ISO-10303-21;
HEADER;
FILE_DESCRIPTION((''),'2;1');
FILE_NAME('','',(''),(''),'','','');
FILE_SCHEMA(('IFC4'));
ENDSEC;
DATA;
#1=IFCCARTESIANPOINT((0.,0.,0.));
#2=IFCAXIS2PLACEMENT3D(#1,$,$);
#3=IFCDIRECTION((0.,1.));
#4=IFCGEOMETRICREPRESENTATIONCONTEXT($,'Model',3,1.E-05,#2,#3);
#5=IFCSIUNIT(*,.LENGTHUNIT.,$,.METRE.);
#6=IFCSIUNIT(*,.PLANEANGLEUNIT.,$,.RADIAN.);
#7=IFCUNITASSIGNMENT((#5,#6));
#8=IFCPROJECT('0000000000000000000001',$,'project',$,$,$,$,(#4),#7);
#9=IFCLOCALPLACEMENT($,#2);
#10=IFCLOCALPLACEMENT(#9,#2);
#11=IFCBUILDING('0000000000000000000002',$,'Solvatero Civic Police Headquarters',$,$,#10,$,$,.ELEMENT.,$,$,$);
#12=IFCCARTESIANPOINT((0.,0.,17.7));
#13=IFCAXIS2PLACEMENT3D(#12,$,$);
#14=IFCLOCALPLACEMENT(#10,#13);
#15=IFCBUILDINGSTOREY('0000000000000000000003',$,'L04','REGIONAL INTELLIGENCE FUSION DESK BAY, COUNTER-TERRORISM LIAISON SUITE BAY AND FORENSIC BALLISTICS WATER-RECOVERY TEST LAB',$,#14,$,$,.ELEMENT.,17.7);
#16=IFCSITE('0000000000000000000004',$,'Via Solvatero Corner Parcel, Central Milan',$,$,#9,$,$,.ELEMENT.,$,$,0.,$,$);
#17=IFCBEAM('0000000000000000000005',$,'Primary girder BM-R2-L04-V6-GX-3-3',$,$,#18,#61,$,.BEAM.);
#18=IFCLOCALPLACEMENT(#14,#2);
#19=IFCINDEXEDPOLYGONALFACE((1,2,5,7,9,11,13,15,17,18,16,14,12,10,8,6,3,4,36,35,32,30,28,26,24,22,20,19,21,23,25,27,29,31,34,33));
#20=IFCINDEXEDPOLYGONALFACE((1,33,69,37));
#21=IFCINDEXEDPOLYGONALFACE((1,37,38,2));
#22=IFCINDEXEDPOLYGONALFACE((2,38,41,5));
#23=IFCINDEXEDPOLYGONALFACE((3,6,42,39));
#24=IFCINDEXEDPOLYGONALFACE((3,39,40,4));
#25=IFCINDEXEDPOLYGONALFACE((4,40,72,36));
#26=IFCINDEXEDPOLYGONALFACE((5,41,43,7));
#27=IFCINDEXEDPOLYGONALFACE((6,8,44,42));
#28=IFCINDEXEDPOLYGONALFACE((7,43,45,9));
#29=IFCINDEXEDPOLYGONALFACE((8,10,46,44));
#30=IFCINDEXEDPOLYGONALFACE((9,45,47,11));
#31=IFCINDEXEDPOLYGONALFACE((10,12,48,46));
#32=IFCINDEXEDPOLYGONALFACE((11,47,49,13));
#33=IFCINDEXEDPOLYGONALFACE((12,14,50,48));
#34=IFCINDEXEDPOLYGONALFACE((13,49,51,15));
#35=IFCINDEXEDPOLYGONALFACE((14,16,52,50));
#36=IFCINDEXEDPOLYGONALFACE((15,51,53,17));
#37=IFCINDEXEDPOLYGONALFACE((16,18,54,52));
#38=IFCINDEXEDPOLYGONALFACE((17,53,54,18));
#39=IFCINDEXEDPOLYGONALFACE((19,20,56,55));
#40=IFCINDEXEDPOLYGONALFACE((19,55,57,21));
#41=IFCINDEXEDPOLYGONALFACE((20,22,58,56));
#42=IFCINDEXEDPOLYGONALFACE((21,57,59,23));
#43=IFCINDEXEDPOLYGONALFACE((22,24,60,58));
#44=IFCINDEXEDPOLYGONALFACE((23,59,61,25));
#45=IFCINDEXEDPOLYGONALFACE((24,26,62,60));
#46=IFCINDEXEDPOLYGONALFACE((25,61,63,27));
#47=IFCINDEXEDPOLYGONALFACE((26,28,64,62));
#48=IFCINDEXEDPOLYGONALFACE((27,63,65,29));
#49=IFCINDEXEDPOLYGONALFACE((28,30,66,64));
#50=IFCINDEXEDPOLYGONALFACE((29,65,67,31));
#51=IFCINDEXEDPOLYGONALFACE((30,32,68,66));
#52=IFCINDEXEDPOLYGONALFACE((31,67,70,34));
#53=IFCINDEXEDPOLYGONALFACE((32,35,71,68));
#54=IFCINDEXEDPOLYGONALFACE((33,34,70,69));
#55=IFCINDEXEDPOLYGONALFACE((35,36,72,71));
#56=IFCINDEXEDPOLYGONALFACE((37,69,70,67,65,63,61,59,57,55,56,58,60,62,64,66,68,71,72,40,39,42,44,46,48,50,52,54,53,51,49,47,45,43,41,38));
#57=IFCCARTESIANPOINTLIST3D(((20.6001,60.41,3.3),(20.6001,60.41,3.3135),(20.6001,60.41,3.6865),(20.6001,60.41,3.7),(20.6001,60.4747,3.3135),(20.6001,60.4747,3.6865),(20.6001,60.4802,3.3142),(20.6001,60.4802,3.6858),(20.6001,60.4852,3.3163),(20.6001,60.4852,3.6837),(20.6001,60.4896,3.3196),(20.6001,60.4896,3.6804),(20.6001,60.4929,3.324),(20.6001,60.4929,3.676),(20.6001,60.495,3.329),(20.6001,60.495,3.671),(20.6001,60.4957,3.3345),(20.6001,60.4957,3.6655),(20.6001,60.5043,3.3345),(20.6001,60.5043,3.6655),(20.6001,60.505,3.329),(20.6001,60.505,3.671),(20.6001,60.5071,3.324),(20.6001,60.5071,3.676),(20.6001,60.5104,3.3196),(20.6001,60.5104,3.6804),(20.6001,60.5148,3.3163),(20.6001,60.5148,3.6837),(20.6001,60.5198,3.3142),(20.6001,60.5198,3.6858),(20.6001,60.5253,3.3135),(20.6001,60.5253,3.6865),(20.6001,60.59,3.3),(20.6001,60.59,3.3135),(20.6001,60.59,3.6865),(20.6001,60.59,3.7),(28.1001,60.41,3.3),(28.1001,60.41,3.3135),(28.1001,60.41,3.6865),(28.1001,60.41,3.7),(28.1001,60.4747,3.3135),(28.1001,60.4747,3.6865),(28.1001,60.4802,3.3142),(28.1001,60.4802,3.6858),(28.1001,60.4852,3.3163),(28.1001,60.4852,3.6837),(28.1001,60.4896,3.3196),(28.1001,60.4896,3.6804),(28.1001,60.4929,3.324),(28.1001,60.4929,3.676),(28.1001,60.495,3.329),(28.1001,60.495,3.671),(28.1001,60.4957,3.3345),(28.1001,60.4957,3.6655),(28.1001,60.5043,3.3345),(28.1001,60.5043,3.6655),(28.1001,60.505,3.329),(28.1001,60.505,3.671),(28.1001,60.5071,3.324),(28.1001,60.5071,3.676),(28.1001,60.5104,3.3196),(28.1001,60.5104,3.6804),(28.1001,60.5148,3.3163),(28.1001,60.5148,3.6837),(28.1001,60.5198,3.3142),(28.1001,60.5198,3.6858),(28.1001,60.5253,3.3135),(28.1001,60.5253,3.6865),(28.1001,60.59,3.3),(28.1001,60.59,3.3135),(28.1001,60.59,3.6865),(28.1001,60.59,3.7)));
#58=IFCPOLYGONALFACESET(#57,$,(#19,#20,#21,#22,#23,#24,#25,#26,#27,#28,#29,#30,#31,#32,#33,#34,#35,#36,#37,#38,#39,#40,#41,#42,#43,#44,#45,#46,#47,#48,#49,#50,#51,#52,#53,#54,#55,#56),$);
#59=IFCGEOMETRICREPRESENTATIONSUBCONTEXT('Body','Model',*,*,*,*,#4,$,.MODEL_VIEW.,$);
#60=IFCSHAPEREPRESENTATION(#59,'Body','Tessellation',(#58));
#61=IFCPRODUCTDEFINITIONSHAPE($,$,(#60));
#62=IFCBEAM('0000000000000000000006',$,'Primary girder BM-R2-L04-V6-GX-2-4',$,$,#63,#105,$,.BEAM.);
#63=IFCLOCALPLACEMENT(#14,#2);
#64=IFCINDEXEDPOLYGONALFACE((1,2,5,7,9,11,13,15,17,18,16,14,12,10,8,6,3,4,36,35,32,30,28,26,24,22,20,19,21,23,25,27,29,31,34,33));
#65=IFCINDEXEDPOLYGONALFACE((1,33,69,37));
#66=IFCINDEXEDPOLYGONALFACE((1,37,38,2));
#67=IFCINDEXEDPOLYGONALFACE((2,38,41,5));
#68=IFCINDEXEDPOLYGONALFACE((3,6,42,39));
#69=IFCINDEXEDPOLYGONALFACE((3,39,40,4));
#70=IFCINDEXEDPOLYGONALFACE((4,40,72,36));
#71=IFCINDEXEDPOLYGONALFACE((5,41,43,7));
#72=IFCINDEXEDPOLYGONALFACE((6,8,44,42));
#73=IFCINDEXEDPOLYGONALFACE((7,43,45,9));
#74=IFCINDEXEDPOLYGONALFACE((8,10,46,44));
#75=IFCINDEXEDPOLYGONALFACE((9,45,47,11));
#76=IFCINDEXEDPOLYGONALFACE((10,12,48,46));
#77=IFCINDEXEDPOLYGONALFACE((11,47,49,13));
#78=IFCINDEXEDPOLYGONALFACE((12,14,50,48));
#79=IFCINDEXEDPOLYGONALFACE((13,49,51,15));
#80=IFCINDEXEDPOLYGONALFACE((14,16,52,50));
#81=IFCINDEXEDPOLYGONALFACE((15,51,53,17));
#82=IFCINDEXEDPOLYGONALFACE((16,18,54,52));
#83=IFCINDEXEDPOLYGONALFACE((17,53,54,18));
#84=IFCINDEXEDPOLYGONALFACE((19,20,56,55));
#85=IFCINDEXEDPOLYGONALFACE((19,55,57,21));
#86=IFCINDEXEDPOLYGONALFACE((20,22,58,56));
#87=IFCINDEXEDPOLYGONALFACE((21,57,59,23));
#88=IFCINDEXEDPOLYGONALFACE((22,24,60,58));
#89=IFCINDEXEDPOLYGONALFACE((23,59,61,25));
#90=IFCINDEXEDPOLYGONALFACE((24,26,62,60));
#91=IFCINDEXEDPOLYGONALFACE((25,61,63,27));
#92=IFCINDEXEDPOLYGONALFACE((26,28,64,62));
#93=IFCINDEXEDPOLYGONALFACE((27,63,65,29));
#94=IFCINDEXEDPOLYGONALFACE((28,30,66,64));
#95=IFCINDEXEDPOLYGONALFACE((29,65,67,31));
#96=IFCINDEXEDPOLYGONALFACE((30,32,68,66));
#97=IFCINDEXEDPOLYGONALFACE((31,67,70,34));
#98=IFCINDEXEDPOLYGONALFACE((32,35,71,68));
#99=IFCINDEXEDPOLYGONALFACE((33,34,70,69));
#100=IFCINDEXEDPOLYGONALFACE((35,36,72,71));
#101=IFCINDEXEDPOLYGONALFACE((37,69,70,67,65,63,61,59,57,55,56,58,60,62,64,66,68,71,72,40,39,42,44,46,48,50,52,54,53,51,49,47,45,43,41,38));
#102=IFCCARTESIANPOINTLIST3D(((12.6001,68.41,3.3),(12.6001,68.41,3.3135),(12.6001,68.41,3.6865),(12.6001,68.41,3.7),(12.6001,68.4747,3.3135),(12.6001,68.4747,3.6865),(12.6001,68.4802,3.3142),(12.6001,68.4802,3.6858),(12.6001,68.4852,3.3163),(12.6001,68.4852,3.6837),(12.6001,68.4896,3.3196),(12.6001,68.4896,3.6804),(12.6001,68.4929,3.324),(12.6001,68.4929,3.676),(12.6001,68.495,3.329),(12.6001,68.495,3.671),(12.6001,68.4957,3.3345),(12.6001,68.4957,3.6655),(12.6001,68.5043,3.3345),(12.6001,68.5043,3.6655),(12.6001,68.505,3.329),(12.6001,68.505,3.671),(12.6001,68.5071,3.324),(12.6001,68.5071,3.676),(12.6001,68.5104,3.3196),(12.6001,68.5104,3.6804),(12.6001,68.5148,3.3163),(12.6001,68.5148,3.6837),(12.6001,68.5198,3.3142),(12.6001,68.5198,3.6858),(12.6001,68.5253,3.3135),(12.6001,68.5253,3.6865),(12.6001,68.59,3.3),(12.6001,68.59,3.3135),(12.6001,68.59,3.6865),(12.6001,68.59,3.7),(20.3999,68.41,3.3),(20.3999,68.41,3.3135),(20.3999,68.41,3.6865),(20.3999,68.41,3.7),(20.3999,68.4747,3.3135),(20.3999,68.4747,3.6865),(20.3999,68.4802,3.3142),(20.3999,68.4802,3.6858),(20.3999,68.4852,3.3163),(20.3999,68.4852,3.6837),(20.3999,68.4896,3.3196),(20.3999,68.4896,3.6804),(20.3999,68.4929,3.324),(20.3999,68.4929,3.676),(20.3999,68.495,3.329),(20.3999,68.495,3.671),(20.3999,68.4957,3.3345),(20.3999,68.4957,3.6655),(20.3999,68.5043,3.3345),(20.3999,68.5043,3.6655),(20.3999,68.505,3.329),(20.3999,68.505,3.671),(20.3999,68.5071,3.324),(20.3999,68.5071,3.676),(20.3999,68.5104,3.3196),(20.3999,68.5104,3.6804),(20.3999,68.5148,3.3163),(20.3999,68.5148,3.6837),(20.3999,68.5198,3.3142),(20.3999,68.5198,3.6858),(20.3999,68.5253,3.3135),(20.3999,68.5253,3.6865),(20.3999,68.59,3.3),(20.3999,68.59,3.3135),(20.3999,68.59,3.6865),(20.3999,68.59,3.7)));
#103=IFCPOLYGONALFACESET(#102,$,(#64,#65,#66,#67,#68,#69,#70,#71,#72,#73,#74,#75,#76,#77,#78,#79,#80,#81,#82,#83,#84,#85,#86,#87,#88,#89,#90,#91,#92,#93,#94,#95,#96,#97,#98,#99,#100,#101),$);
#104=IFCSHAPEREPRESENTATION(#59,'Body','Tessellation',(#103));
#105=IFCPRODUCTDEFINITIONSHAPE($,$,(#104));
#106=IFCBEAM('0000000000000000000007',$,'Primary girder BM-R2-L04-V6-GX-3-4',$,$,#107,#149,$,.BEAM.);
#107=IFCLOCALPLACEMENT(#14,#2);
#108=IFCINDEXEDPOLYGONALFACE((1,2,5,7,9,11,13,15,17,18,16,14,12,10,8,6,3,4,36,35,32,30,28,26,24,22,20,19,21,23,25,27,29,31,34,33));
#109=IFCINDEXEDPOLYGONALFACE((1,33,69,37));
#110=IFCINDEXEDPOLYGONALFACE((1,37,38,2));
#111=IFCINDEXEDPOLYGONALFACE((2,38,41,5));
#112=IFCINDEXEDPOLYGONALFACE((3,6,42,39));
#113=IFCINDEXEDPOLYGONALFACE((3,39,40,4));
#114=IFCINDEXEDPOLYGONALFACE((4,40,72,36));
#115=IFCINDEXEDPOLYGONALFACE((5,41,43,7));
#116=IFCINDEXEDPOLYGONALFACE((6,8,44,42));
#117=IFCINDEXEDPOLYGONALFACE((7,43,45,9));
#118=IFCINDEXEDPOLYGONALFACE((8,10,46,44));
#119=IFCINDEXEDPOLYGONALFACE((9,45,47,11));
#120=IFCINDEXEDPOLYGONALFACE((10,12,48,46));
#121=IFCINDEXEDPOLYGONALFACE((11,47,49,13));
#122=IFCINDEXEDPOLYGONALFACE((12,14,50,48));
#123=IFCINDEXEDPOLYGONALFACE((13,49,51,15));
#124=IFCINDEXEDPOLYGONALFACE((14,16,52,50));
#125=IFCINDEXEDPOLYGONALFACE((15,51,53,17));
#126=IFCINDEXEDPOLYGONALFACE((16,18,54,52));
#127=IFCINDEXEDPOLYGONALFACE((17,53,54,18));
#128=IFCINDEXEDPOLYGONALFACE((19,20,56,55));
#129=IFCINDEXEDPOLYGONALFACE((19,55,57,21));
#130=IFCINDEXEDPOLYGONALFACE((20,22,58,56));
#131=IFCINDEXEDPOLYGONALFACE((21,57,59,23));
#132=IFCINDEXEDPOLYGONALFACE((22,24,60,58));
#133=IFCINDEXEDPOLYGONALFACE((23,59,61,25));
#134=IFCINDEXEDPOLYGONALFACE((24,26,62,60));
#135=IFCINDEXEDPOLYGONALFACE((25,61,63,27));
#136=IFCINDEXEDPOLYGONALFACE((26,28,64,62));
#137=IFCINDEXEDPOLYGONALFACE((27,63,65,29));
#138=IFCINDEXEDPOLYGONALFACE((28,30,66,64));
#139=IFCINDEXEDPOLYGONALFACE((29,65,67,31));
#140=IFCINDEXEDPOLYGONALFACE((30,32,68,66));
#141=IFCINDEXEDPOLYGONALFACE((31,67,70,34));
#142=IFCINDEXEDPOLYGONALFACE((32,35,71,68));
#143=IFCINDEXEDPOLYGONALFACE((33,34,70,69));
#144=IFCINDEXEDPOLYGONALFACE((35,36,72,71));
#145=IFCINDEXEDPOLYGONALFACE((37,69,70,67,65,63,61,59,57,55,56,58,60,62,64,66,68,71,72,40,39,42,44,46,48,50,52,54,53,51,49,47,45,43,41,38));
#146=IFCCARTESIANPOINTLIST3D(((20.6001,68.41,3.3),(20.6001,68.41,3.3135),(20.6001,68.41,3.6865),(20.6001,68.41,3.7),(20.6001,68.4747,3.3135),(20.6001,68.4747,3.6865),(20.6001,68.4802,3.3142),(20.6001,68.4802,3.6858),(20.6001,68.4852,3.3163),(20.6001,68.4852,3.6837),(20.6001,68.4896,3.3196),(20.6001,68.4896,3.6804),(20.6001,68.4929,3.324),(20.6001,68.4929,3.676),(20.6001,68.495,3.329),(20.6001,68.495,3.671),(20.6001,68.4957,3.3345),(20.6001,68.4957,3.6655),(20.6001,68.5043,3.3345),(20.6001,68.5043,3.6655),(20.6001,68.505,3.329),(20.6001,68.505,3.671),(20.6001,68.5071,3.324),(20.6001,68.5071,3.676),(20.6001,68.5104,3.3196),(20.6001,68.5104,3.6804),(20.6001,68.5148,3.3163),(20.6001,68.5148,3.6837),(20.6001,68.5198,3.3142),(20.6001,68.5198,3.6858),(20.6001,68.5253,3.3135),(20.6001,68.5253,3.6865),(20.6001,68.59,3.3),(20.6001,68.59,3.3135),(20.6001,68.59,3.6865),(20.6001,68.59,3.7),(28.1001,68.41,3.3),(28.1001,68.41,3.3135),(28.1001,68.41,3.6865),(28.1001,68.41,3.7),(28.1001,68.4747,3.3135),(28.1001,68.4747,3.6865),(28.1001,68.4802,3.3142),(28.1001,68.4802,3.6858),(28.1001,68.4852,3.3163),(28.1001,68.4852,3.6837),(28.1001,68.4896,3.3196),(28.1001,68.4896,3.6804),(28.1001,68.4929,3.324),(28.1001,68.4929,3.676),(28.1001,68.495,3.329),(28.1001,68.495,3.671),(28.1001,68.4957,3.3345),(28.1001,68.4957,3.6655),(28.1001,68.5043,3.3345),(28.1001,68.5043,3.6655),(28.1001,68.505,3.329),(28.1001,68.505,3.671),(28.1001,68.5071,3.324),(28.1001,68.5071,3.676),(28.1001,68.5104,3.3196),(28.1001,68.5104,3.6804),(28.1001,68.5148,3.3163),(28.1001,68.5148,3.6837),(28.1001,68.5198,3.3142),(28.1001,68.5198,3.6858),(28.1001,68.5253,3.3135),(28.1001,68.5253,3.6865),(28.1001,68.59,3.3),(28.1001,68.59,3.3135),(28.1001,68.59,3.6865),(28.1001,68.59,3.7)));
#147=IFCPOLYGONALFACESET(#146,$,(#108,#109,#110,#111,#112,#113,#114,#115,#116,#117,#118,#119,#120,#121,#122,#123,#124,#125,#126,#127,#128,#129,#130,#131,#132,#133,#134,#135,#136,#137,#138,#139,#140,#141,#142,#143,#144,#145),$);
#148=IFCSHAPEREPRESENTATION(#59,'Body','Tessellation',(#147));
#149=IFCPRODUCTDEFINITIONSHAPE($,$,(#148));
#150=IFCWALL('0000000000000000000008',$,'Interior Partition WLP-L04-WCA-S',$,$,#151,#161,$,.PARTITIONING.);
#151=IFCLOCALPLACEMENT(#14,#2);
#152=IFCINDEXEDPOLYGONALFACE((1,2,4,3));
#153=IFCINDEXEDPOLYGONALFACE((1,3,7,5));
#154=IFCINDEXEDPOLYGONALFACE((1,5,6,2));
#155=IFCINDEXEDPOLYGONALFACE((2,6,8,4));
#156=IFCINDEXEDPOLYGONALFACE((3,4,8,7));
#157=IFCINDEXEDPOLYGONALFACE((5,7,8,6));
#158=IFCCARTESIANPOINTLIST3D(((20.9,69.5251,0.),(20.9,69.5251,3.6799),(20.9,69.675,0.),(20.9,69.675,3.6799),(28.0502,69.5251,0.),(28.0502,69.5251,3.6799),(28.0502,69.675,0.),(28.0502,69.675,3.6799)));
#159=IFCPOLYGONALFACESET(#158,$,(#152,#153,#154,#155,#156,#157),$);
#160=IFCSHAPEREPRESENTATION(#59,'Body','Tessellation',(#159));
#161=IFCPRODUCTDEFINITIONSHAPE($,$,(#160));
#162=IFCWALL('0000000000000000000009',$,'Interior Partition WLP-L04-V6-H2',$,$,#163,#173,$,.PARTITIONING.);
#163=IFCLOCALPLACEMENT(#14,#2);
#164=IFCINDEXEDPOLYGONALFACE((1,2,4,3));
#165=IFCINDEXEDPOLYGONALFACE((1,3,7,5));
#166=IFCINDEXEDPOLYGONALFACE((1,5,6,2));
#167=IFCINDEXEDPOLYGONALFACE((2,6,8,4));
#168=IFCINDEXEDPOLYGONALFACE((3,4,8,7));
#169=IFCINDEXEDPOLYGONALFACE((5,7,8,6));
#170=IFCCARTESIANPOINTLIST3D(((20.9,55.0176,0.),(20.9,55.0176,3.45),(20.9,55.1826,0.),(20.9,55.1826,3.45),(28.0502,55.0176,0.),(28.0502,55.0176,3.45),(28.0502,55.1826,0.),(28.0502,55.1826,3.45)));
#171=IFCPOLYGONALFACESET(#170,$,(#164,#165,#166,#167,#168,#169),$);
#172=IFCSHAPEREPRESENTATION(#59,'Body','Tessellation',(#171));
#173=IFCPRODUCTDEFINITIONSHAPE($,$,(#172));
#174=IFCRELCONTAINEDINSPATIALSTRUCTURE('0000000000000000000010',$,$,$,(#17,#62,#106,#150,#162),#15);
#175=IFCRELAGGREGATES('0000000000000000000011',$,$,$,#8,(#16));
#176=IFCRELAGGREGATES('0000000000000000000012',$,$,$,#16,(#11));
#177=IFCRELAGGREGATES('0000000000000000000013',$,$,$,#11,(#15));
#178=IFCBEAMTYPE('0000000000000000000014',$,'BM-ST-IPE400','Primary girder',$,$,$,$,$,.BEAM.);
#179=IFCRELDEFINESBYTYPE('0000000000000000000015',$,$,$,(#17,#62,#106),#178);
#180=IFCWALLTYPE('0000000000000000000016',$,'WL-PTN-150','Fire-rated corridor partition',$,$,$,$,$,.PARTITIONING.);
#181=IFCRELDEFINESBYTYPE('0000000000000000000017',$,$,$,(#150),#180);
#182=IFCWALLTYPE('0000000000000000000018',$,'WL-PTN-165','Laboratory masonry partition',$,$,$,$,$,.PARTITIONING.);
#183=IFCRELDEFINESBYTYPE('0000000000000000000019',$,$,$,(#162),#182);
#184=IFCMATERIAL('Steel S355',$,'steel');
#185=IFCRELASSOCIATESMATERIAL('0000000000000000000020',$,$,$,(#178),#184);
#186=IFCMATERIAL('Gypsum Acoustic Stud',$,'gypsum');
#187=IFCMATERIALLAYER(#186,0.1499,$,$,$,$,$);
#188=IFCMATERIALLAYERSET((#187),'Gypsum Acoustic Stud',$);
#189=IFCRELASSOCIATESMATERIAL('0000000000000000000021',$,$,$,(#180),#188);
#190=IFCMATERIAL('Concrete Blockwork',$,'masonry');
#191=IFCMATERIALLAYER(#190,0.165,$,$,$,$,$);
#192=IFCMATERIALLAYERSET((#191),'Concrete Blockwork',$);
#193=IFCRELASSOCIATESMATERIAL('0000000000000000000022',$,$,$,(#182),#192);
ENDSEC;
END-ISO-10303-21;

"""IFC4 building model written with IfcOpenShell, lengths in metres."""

from ifc_helpers import new_model, si_unit, direction, frame, frame_2d, origin, origin_2d, place, context, subcontext, project, spatial, rectangle, i_section, extrude, material, layer, layer_set, material_profile, profile_set, type_object, element, save


model = new_model("IFC4")

# Units and contexts
model_context = context("Model", 3, precision=1e-05, world=origin(), true_north=direction((0.0, 1.0)))
body_context = subcontext(model_context, "Body", "Model", "MODEL_VIEW")
ifc_project = project(units=[si_unit("LENGTHUNIT", "METRE"), si_unit("PLANEANGLEUNIT", "RADIAN")], contexts=[model_context])

# Site, building, storey
site_placement = place(None, origin())
site = spatial("IfcSite", under=ifc_project, at=site_placement, Name="Via Solvatero Corner Parcel, Central Milan", CompositionType="ELEMENT", RefElevation=0.0)
building_placement = place(site_placement, origin())
building = spatial("IfcBuilding", under=site, at=building_placement, Name="Solvatero Civic Police Headquarters", CompositionType="ELEMENT")
storey_placement = place(building_placement, frame((0.0, 0.0, 17.7)))
storey = spatial("IfcBuildingStorey", under=building, at=storey_placement, Name="L04", Description="REGIONAL INTELLIGENCE FUSION DESK BAY, COUNTER-TERRORISM LIAISON SUITE BAY AND FORENSIC BALLISTICS WATER-RECOVERY TEST LAB", CompositionType="ELEMENT", Elevation=17.7)

# Shared definitions
ifc_material_1 = material(Name="Steel S355", Category="steel")

# Beams
ifc_material_profile_1 = material_profile(ifc_material_1, i_section(OverallWidth=0.1799, OverallDepth=0.3999, WebThickness=0.0085, FlangeThickness=0.0134, FilletRadius=0.021, at=origin_2d()), Name="IPE 400")
ifc_profile_set_1 = profile_set([ifc_material_profile_1], Name="Steel S355")
beam_type_1 = type_object("IfcBeamType", Name="BM-ST-IPE400", Description="Primary girder", PredefinedType="BEAM", material=ifc_profile_set_1)
beam_1_placement = place(storey_placement, frame((20.6001, 60.5, 3.5), z_axis=(1.0, 0.0, 0.0), x_axis=(0.0, 1.0, 0.0)))
element("IfcBeam", 1, at=beam_1_placement, inside=storey, type_object=beam_type_1, Name="Primary girder BM-R2-L04-V6-GX-3-3", PredefinedType="BEAM", context=body_context, shape_type="SweptSolid", body=[
    extrude(i_section(OverallWidth=0.1799, OverallDepth=0.3999, WebThickness=0.0085, FlangeThickness=0.0134, FilletRadius=0.021, at=origin_2d()), origin(), (0.0, 0.0, 1.0), 7.5),
])
beam_2_placement = place(storey_placement, frame((12.6001, 68.5, 3.5), z_axis=(1.0, 0.0, 0.0), x_axis=(0.0, 1.0, 0.0)))
element("IfcBeam", 2, at=beam_2_placement, inside=storey, type_object=beam_type_1, Name="Primary girder BM-R2-L04-V6-GX-2-4", PredefinedType="BEAM", context=body_context, shape_type="SweptSolid", body=[
    extrude(i_section(OverallWidth=0.1799, OverallDepth=0.3999, WebThickness=0.0085, FlangeThickness=0.0134, FilletRadius=0.021, at=origin_2d()), origin(), (0.0, 0.0, 1.0), 7.7998),
])
beam_3_placement = place(storey_placement, frame((20.6001, 68.5, 3.5), z_axis=(1.0, 0.0, 0.0), x_axis=(0.0, 1.0, 0.0)))
element("IfcBeam", 3, at=beam_3_placement, inside=storey, type_object=beam_type_1, Name="Primary girder BM-R2-L04-V6-GX-3-4", PredefinedType="BEAM", context=body_context, shape_type="SweptSolid", body=[
    extrude(i_section(OverallWidth=0.1799, OverallDepth=0.3999, WebThickness=0.0085, FlangeThickness=0.0134, FilletRadius=0.021, at=origin_2d()), origin(), (0.0, 0.0, 1.0), 7.5),
])

# Walls
ifc_material_2 = material(Name="Gypsum Acoustic Stud", Category="gypsum")
ifc_layer_1 = layer(ifc_material_2, 0.1499)
ifc_layer_set_1 = layer_set([ifc_layer_1], Name="Gypsum Acoustic Stud")
wall_type_1 = type_object("IfcWallType", Name="WL-PTN-150", Description="Fire-rated corridor partition", PredefinedType="PARTITIONING", material=ifc_layer_set_1)
wall_1_placement = place(storey_placement, frame((20.8999, 69.6001, 0.0), z_axis=(0.0, 0.0, 1.0), x_axis=(1.0, 0.0, 0.0)))
element("IfcWall", 4, at=wall_1_placement, inside=storey, type_object=wall_type_1, Name="Interior Partition WLP-L04-WCA-S", PredefinedType="PARTITIONING", context=body_context, shape_type="SweptSolid", body=[
    extrude(rectangle(XDim=7.1501, YDim=0.1499, at=frame_2d((3.5752, 0.0))), origin(), (0.0, 0.0, 1.0), 3.6799),
])
ifc_material_3 = material(Name="Concrete Blockwork", Category="masonry")
ifc_layer_2 = layer(ifc_material_3, 0.165)
ifc_layer_set_2 = layer_set([ifc_layer_2], Name="Concrete Blockwork")
wall_type_2 = type_object("IfcWallType", Name="WL-PTN-165", Description="Laboratory masonry partition", PredefinedType="PARTITIONING", material=ifc_layer_set_2)
wall_2_placement = place(storey_placement, frame((20.8999, 55.1001, 0.0), z_axis=(0.0, 0.0, 1.0), x_axis=(1.0, 0.0, 0.0)))
element("IfcWall", 5, at=wall_2_placement, inside=storey, type_object=wall_type_2, Name="Interior Partition WLP-L04-V6-H2", PredefinedType="PARTITIONING", context=body_context, shape_type="SweptSolid", body=[
    extrude(rectangle(XDim=7.1501, YDim=0.165, at=frame_2d((3.5752, 0.0))), origin(), (0.0, 0.0, 1.0), 3.45),
])

save(model, "model.ifc")
